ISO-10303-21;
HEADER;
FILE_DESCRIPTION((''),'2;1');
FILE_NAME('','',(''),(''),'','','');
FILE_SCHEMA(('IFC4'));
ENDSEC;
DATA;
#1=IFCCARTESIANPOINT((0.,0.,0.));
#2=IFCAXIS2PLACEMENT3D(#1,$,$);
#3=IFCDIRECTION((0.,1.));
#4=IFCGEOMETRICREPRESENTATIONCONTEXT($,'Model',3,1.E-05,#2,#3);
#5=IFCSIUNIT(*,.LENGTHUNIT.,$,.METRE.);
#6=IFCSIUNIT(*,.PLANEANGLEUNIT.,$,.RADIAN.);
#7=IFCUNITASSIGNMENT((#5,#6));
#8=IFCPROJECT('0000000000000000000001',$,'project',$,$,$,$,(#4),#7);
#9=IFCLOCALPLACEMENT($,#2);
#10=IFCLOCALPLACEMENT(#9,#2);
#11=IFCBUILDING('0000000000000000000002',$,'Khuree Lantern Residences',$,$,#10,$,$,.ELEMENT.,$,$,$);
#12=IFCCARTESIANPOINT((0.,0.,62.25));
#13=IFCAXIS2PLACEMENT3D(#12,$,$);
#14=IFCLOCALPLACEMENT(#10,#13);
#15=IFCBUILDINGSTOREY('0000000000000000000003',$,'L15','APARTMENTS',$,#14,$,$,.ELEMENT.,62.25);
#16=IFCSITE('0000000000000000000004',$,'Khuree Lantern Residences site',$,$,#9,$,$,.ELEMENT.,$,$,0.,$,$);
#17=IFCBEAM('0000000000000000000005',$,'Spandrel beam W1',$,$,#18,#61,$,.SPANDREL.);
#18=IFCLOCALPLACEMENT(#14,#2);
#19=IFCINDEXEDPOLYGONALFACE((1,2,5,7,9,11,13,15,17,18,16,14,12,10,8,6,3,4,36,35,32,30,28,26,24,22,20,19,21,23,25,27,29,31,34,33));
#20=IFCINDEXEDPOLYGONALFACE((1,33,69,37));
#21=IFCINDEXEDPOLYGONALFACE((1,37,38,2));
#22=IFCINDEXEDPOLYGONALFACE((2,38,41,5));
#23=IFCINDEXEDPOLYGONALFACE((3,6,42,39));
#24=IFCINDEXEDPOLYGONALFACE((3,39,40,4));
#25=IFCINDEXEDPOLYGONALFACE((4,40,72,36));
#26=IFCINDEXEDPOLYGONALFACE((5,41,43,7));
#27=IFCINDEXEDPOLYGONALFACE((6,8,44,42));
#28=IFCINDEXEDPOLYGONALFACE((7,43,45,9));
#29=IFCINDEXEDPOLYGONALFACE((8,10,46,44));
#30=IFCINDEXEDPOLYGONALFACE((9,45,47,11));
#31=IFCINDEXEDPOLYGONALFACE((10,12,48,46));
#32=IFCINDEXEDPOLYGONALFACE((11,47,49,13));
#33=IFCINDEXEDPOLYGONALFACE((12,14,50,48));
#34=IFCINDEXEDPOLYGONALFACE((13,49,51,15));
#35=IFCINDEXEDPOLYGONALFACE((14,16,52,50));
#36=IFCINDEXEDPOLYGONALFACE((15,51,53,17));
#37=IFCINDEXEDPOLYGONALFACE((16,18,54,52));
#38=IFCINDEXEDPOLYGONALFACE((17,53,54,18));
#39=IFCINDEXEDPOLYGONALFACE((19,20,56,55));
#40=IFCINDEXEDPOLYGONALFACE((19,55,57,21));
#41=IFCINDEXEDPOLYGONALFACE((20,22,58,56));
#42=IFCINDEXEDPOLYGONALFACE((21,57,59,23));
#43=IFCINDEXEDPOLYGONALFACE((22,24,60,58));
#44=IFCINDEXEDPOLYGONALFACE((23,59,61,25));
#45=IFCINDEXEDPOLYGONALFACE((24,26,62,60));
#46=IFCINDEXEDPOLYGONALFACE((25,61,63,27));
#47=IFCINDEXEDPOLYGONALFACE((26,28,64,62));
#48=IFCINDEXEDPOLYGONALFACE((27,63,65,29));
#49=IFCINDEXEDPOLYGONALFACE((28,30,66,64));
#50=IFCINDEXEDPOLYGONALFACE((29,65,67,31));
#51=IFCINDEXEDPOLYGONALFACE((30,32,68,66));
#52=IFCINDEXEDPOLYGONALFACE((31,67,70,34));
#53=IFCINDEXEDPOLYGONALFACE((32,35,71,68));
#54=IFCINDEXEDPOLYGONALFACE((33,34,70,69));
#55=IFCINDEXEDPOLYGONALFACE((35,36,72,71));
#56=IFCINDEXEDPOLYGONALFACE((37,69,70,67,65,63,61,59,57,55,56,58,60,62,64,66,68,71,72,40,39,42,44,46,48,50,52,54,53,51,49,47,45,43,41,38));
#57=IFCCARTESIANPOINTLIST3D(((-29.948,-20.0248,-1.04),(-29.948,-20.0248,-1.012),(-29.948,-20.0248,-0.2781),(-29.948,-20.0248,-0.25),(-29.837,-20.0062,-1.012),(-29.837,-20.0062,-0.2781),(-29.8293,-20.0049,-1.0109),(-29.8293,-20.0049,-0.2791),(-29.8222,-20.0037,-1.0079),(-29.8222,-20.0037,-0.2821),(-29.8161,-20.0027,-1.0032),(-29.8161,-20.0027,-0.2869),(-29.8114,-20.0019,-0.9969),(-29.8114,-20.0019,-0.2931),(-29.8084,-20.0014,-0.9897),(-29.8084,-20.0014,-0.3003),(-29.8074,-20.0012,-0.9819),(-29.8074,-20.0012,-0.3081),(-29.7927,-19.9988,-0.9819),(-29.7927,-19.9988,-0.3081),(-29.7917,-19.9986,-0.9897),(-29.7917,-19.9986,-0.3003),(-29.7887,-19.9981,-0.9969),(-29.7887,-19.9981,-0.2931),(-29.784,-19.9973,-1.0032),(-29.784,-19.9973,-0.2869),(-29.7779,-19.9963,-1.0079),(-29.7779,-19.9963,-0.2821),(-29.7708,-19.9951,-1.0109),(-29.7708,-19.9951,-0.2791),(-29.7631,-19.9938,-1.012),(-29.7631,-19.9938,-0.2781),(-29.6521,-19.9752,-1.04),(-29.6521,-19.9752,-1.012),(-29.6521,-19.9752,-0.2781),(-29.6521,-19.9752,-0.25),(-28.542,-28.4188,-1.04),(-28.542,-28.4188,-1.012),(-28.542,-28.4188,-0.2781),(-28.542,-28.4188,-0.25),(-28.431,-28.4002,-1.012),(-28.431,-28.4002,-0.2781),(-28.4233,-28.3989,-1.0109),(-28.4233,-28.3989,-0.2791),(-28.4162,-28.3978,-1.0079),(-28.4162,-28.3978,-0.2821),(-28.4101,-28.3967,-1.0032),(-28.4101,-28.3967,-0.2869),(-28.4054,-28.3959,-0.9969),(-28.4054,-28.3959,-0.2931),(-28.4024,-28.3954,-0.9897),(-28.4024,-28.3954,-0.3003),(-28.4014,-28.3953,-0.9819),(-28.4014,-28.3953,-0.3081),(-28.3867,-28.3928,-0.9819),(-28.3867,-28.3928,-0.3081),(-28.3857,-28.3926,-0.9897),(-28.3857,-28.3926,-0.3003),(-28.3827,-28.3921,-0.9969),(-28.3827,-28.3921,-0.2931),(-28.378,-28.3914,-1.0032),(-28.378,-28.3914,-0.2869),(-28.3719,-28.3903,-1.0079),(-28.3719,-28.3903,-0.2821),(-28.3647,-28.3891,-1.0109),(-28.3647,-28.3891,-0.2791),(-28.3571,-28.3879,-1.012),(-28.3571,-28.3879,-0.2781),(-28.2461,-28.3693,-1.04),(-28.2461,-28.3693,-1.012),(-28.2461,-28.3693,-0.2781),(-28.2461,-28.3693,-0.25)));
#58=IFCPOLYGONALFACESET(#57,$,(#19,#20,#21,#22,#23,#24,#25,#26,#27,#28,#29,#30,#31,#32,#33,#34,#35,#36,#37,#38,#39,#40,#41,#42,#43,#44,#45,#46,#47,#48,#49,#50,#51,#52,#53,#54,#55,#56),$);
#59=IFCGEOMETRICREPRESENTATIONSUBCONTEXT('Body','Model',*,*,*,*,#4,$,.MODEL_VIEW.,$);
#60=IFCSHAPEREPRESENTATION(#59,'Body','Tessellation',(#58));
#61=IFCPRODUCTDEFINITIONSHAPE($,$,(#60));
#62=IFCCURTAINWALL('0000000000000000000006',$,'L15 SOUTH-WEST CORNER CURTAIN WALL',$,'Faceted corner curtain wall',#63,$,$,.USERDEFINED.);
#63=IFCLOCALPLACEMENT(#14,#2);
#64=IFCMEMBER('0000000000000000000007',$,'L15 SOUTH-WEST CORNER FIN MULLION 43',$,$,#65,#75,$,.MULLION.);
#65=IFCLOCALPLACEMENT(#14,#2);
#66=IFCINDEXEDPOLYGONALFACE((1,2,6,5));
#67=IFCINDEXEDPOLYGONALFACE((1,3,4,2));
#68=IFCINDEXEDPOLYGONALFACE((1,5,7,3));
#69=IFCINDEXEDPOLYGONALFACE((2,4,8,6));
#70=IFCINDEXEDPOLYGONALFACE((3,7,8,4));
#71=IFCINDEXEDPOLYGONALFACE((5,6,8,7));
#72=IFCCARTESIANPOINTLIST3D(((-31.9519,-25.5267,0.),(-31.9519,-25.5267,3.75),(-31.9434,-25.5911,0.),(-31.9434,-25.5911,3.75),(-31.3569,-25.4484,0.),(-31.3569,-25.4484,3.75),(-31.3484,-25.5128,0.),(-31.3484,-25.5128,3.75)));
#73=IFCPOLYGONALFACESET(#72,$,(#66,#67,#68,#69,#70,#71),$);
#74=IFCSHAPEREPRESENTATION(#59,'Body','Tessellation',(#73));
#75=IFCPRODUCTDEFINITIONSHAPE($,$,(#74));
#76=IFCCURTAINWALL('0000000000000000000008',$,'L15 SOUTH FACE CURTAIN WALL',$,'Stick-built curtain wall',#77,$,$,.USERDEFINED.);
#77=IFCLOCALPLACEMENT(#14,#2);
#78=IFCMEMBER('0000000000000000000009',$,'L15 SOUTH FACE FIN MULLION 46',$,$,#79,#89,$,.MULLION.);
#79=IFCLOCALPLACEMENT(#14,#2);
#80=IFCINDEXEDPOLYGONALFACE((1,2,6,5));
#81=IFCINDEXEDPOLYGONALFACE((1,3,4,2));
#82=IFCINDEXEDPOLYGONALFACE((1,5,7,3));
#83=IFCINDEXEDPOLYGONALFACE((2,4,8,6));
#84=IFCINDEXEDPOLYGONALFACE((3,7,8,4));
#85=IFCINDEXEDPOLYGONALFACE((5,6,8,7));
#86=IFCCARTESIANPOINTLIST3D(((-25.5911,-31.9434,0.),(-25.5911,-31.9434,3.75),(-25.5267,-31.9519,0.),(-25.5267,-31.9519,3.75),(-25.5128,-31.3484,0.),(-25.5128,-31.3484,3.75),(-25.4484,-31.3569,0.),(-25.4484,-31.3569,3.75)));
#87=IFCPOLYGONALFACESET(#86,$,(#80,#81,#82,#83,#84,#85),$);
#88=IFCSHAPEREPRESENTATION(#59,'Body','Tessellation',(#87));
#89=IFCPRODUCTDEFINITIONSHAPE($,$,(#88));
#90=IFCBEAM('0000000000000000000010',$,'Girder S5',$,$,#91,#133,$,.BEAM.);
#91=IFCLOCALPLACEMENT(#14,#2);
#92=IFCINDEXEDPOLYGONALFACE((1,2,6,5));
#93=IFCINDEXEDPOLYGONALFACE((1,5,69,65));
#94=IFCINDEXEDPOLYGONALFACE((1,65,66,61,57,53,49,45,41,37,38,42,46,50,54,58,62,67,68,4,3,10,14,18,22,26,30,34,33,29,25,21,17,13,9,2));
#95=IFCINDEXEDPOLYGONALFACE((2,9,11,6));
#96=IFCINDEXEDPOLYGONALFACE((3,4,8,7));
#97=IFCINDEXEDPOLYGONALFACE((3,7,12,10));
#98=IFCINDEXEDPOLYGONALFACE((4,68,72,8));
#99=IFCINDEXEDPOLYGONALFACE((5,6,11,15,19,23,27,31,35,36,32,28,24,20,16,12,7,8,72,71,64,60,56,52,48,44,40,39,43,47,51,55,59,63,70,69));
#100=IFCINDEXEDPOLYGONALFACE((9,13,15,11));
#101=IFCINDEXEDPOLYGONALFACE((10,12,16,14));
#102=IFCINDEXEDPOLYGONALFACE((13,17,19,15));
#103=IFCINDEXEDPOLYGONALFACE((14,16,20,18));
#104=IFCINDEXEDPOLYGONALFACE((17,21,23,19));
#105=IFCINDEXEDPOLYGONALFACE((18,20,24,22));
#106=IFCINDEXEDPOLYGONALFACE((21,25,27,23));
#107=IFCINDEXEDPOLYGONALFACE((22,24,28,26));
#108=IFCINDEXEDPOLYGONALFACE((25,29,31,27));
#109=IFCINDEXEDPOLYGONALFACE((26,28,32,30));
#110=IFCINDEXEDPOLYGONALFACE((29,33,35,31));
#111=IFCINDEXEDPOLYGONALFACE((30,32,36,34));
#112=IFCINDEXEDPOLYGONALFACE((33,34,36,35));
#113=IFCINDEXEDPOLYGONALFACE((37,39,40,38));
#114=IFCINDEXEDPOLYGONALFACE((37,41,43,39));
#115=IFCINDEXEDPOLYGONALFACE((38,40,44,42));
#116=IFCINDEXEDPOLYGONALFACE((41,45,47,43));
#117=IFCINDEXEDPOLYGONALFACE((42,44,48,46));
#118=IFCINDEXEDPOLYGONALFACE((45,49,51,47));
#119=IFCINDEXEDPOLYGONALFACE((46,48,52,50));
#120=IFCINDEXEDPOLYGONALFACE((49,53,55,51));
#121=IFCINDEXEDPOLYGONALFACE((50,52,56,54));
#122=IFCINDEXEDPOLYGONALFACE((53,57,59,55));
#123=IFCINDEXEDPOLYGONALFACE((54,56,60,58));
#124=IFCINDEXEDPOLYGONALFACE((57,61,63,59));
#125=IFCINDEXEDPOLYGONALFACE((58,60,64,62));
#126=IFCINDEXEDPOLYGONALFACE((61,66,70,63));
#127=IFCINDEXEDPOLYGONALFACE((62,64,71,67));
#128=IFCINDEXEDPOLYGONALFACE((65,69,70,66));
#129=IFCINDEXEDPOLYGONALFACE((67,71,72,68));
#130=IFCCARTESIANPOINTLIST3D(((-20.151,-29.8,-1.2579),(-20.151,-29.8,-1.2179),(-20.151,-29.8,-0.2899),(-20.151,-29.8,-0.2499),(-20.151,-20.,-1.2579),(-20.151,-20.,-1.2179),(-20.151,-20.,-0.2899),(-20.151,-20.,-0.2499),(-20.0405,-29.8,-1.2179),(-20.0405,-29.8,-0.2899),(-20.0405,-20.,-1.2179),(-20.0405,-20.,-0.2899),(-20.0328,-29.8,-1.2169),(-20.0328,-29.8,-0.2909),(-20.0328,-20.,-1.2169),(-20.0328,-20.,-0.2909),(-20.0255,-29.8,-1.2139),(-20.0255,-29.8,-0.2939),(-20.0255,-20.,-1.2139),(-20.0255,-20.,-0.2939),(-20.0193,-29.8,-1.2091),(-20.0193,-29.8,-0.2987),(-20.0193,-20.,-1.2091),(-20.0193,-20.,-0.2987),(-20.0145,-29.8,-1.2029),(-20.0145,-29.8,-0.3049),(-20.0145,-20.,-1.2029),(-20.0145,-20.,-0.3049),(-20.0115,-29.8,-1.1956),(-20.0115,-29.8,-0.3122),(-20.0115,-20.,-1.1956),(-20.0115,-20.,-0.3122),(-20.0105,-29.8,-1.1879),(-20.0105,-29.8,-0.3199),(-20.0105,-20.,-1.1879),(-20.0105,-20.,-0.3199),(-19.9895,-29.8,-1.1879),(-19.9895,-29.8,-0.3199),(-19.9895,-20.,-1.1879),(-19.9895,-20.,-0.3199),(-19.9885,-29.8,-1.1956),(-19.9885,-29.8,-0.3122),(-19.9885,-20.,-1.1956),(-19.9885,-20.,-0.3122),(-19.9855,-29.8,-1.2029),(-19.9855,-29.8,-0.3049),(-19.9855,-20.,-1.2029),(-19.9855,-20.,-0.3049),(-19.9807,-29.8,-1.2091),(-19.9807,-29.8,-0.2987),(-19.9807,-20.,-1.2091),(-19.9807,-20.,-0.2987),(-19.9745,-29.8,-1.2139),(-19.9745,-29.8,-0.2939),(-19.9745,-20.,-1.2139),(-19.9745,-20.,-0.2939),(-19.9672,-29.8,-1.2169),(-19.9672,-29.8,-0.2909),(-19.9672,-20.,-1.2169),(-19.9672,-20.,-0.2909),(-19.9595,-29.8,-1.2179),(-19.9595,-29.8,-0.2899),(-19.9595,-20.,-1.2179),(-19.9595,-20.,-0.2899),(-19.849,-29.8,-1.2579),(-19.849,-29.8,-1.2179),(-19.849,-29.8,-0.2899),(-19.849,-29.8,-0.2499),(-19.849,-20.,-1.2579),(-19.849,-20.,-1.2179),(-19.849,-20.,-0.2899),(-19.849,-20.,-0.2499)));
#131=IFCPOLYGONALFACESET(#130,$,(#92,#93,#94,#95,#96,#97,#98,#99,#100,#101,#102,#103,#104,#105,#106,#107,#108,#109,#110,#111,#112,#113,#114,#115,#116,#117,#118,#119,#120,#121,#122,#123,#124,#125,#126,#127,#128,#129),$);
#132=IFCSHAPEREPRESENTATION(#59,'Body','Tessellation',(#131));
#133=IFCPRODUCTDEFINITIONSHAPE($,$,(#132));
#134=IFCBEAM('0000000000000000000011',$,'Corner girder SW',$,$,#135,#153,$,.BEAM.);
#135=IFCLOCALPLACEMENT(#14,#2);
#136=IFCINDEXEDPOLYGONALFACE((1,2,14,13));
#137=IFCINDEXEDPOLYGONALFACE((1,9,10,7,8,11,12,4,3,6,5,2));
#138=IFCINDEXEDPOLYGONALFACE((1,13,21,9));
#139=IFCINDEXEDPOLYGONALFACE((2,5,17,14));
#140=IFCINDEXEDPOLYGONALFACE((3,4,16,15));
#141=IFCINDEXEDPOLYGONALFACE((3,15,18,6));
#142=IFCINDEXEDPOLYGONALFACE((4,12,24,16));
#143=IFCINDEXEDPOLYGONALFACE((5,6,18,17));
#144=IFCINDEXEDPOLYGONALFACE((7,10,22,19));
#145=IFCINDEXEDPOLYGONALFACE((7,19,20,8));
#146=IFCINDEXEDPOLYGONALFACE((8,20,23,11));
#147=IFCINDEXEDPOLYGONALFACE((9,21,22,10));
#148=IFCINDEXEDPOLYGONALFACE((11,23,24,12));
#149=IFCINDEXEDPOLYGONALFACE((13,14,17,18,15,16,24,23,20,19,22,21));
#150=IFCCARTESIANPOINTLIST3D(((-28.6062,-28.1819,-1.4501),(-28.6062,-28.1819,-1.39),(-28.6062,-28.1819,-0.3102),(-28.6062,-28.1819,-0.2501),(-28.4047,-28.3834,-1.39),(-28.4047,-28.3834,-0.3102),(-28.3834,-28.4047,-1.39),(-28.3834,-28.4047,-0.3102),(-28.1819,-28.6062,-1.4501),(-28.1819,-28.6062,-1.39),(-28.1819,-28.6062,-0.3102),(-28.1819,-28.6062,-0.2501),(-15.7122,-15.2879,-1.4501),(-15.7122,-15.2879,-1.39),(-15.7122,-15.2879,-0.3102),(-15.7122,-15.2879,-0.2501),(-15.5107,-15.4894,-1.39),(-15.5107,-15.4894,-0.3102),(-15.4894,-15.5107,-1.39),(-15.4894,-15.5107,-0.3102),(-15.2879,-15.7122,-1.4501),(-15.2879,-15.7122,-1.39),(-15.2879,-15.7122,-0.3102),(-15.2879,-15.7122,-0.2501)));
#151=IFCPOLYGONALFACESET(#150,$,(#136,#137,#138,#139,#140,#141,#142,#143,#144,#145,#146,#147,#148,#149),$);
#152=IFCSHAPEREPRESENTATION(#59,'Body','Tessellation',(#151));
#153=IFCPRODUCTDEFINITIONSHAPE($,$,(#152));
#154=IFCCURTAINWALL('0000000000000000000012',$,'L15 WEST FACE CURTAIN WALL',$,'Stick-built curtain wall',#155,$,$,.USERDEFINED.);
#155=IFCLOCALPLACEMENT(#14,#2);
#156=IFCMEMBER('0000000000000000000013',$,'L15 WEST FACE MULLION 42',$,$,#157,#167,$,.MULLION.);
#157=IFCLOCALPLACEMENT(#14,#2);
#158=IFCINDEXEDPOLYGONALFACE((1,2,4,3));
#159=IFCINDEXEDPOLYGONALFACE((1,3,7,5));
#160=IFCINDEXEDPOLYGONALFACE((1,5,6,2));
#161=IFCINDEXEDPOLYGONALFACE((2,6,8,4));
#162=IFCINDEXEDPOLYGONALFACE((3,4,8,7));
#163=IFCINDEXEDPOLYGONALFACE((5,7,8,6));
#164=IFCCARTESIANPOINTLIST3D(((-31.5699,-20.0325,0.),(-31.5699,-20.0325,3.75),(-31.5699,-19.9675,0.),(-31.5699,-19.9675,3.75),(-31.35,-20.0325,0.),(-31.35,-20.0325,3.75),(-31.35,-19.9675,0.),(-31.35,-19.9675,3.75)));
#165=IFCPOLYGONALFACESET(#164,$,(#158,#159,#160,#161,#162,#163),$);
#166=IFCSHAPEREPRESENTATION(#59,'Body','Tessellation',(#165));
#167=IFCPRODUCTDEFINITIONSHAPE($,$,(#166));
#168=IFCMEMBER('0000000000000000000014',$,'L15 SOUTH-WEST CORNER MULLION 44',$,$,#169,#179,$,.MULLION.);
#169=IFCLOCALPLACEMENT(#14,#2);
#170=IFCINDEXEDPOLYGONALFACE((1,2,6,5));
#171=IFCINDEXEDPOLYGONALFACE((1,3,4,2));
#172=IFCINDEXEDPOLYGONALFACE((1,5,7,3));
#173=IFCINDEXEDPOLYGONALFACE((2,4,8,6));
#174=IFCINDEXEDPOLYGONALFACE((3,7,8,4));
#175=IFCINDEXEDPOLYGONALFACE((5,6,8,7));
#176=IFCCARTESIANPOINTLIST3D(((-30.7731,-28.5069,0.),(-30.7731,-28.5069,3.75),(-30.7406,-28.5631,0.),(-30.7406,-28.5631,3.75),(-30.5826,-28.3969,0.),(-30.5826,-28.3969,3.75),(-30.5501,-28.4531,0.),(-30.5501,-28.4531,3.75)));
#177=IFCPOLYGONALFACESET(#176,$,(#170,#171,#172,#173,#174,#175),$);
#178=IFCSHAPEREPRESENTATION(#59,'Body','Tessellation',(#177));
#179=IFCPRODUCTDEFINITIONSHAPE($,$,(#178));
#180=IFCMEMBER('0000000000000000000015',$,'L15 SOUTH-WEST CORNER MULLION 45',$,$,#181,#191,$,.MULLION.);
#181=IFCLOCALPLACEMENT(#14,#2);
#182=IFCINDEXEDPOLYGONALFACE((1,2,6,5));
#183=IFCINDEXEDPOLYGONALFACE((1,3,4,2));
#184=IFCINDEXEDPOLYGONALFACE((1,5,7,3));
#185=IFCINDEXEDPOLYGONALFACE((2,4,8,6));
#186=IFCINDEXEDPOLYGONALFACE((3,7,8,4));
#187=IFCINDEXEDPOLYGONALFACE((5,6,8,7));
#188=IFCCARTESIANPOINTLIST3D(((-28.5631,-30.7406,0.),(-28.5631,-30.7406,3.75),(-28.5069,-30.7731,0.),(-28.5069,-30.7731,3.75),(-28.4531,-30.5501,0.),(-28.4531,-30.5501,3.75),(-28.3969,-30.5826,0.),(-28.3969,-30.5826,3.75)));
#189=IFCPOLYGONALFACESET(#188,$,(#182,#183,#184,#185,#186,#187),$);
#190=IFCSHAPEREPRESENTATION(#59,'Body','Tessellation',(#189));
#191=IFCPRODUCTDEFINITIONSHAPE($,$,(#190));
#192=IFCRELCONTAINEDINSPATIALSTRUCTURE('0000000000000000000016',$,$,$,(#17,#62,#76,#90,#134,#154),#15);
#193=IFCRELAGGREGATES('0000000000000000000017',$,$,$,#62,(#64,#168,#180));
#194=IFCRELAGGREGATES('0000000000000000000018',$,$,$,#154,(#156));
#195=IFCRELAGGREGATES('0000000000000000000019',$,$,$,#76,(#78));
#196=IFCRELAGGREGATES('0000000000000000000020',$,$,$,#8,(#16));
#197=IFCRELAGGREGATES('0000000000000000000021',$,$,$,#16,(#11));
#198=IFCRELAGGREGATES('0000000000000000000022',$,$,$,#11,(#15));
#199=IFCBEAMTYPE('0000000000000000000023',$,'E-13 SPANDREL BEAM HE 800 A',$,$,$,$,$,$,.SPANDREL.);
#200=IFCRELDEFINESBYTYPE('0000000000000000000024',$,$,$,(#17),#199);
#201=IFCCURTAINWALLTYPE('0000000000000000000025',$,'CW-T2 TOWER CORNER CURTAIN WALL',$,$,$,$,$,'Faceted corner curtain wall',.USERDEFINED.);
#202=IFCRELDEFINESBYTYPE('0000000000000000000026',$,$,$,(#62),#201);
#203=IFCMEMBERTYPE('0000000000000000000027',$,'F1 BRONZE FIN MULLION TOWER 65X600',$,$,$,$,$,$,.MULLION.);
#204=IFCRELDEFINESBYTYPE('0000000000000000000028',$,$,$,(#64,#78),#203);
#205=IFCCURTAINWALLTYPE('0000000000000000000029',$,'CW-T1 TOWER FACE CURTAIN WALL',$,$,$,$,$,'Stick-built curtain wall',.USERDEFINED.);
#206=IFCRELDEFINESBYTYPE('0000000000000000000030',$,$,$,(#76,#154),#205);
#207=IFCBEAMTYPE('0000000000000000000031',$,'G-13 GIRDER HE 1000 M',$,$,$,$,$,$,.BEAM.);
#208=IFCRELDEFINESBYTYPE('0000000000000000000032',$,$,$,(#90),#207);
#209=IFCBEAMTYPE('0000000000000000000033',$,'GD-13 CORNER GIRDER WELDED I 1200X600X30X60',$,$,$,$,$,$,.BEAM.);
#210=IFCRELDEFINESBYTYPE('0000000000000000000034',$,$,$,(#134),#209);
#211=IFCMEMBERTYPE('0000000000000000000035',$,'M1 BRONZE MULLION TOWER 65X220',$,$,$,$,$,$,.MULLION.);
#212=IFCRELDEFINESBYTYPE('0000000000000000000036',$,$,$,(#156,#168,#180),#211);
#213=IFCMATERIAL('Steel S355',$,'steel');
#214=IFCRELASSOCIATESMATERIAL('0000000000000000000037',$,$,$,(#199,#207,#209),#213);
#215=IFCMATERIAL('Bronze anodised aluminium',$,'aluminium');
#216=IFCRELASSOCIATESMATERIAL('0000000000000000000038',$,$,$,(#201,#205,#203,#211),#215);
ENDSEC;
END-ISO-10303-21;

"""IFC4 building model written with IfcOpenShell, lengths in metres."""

from ifc_helpers import new_model, si_unit, direction, frame, origin, origin_2d, place, context, subcontext, project, spatial, rectangle, i_section, extrude, material, material_profile, profile_set, type_object, element, aggregate, save


model = new_model("IFC4")

# Units and contexts
model_context = context("Model", 3, precision=1e-05, world=origin(), true_north=direction((0.0, 1.0)))
body_context = subcontext(model_context, "Body", "Model", "MODEL_VIEW")
ifc_project = project(units=[si_unit("LENGTHUNIT", "METRE"), si_unit("PLANEANGLEUNIT", "RADIAN")], contexts=[model_context])

# Site, building, storey
site_placement = place(None, origin())
site = spatial("IfcSite", under=ifc_project, at=site_placement, Name="Khuree Lantern Residences site", CompositionType="ELEMENT", RefElevation=0.0)
building_placement = place(site_placement, origin())
building = spatial("IfcBuilding", under=site, at=building_placement, Name="Khuree Lantern Residences", CompositionType="ELEMENT")
storey_placement = place(building_placement, frame((0.0, 0.0, 62.25)))
storey = spatial("IfcBuildingStorey", under=building, at=storey_placement, Name="L15", Description="APARTMENTS", CompositionType="ELEMENT", Elevation=62.25)

# Beam
ifc_material_1 = material(Name="Steel S355", Category="steel")
ifc_material_profile_1 = material_profile(ifc_material_1, i_section(OverallWidth=0.3, OverallDepth=0.79, WebThickness=0.0149, FlangeThickness=0.0281, FilletRadius=0.03, at=origin_2d()), Name="HE 800 A")
ifc_profile_set_1 = profile_set([ifc_material_profile_1], Name="Steel S355")
beam_type_1 = type_object("IfcBeamType", Name="E-13 SPANDREL BEAM HE 800 A", PredefinedType="SPANDREL", material=ifc_profile_set_1)
for number, where, z_axis, x_axis, name in (
    (1, (-28.394, -28.394, -0.645), (-0.165199, 0.98626, 0.0), (-0.98626, -0.165199, 0.0), "Spandrel beam W1"),
):
    element("IfcBeam", number, at=place(storey_placement, frame(where, z_axis=z_axis, x_axis=x_axis)), inside=storey, type_object=beam_type_1, Name=name, PredefinedType="SPANDREL", context=body_context, shape_type="SweptSolid", body=[
        extrude(i_section(OverallWidth=0.3, OverallDepth=0.79, WebThickness=0.0149, FlangeThickness=0.0281, FilletRadius=0.03, at=origin_2d()), origin(), (0.0, 0.0, 1.0), 8.511),
    ])

# Curtain walls, members
ifc_material_2 = material(Name="Bronze anodised aluminium", Category="aluminium")
curtain_wall_type_1 = type_object("IfcCurtainWallType", Name="CW-T2 TOWER CORNER CURTAIN WALL", ElementType="Faceted corner curtain wall", PredefinedType="USERDEFINED", material=ifc_material_2)
curtain_wall_1_placement = place(storey_placement, origin())
curtain_wall_1 = element("IfcCurtainWall", 2, at=curtain_wall_1_placement, inside=storey, type_object=curtain_wall_type_1, Name="L15 SOUTH-WEST CORNER CURTAIN WALL", ObjectType="Faceted corner curtain wall", PredefinedType="USERDEFINED")
ifc_material_profile_2 = material_profile(ifc_material_2, rectangle(XDim=0.0649, YDim=0.6001, at=origin_2d()), Name="F1 65X600")
ifc_profile_set_2 = profile_set([ifc_material_profile_2], Name="Bronze anodised aluminium")
member_type_1 = type_object("IfcMemberType", Name="F1 BRONZE FIN MULLION TOWER 65X600", PredefinedType="MULLION", material=ifc_profile_set_2)
member_1_placement = place(storey_placement, frame((-31.6501, -25.5198, 0.0), z_axis=(0.0, 0.0, 1.0), x_axis=(0.130526, -0.991445, 0.0)))
member_1 = element("IfcMember", 3, at=member_1_placement, type_object=member_type_1, Name="L15 SOUTH-WEST CORNER FIN MULLION 43", PredefinedType="MULLION", context=body_context, shape_type="SweptSolid", body=[
    extrude(rectangle(XDim=0.0649, YDim=0.6001, at=origin_2d()), origin(), (0.0, 0.0, 1.0), 3.75),
])
curtain_wall_type_2 = type_object("IfcCurtainWallType", Name="CW-T1 TOWER FACE CURTAIN WALL", ElementType="Stick-built curtain wall", PredefinedType="USERDEFINED", material=ifc_material_2)
curtain_wall_2_placement = place(storey_placement, origin())
curtain_wall_2 = element("IfcCurtainWall", 4, at=curtain_wall_2_placement, inside=storey, type_object=curtain_wall_type_2, Name="L15 SOUTH FACE CURTAIN WALL", ObjectType="Stick-built curtain wall", PredefinedType="USERDEFINED")
member_2_placement = place(storey_placement, frame((-25.5198, -31.6501, 0.0), z_axis=(0.0, 0.0, 1.0), x_axis=(0.991445, -0.130526, 0.0)))
member_2 = element("IfcMember", 5, at=member_2_placement, type_object=member_type_1, Name="L15 SOUTH FACE FIN MULLION 46", PredefinedType="MULLION", context=body_context, shape_type="SweptSolid", body=[
    extrude(rectangle(XDim=0.0649, YDim=0.6001, at=origin_2d()), origin(), (0.0, 0.0, 1.0), 3.75),
])

# Beams
ifc_material_profile_3 = material_profile(ifc_material_1, i_section(OverallWidth=0.302, OverallDepth=1.0081, WebThickness=0.021, FlangeThickness=0.04, FilletRadius=0.03, at=origin_2d()), Name="HE 1000 M")
ifc_profile_set_3 = profile_set([ifc_material_profile_3], Name="Steel S355")
beam_type_2 = type_object("IfcBeamType", Name="G-13 GIRDER HE 1000 M", PredefinedType="BEAM", material=ifc_profile_set_3)
beam_1_placement = place(storey_placement, frame((-20.0, -29.8, -0.7539), z_axis=(0.0, 1.0, 0.0), x_axis=(-1.0, 0.0, 0.0)))
element("IfcBeam", 6, at=beam_1_placement, inside=storey, type_object=beam_type_2, Name="Girder S5", PredefinedType="BEAM", context=body_context, shape_type="SweptSolid", body=[
    extrude(i_section(OverallWidth=0.302, OverallDepth=1.0081, WebThickness=0.021, FlangeThickness=0.04, FilletRadius=0.03, at=origin_2d()), origin(), (0.0, 0.0, 1.0), 9.8),
])
ifc_material_profile_4 = material_profile(ifc_material_1, i_section(OverallWidth=0.6001, OverallDepth=1.2, WebThickness=0.03, FlangeThickness=0.0601, at=origin_2d()), Name="WELDED I 1200X600X30X60")
ifc_profile_set_4 = profile_set([ifc_material_profile_4], Name="Steel S355")
beam_type_3 = type_object("IfcBeamType", Name="GD-13 CORNER GIRDER WELDED I 1200X600X30X60", PredefinedType="BEAM", material=ifc_profile_set_4)
beam_2_placement = place(storey_placement, frame((-28.394, -28.394, -0.8501), z_axis=(0.707107, 0.707107, 0.0), x_axis=(-0.707107, 0.707107, 0.0)))
element("IfcBeam", 7, at=beam_2_placement, inside=storey, type_object=beam_type_3, Name="Corner girder SW", PredefinedType="BEAM", context=body_context, shape_type="SweptSolid", body=[
    extrude(i_section(OverallWidth=0.6001, OverallDepth=1.2, WebThickness=0.03, FlangeThickness=0.0601, at=origin_2d()), origin(), (0.0, 0.0, 1.0), 18.2349),
])

# Curtain wall, member
curtain_wall_3_placement = place(storey_placement, origin())
curtain_wall_3 = element("IfcCurtainWall", 8, at=curtain_wall_3_placement, inside=storey, type_object=curtain_wall_type_2, Name="L15 WEST FACE CURTAIN WALL", ObjectType="Stick-built curtain wall", PredefinedType="USERDEFINED")
ifc_material_profile_5 = material_profile(ifc_material_2, rectangle(XDim=0.0649, YDim=0.22, at=origin_2d()), Name="M1 65X220")
ifc_profile_set_5 = profile_set([ifc_material_profile_5], Name="Bronze anodised aluminium")
member_type_2 = type_object("IfcMemberType", Name="M1 BRONZE MULLION TOWER 65X220", PredefinedType="MULLION", material=ifc_profile_set_5)
member_3_placement = place(storey_placement, frame((-31.46, -20.0, 0.0), z_axis=(0.0, 0.0, 1.0), x_axis=(0.0, -1.0, 0.0)))
member_3 = element("IfcMember", 9, at=member_3_placement, type_object=member_type_2, Name="L15 WEST FACE MULLION 42", PredefinedType="MULLION", context=body_context, shape_type="SweptSolid", body=[
    extrude(rectangle(XDim=0.0649, YDim=0.22, at=origin_2d()), origin(), (0.0, 0.0, 1.0), 3.75),
])

# Members
member_4_placement = place(storey_placement, frame((-30.6616, -28.48, 0.0), z_axis=(0.0, 0.0, 1.0), x_axis=(0.5, -0.866025, 0.0)))
member_4 = element("IfcMember", 10, at=member_4_placement, type_object=member_type_2, Name="L15 SOUTH-WEST CORNER MULLION 44", PredefinedType="MULLION", context=body_context, shape_type="SweptSolid", body=[
    extrude(rectangle(XDim=0.0649, YDim=0.22, at=origin_2d()), origin(), (0.0, 0.0, 1.0), 3.75),
])
member_5_placement = place(storey_placement, frame((-28.48, -30.6616, 0.0), z_axis=(0.0, 0.0, 1.0), x_axis=(0.866025, -0.5, 0.0)))
member_5 = element("IfcMember", 11, at=member_5_placement, type_object=member_type_2, Name="L15 SOUTH-WEST CORNER MULLION 45", PredefinedType="MULLION", context=body_context, shape_type="SweptSolid", body=[
    extrude(rectangle(XDim=0.0649, YDim=0.22, at=origin_2d()), origin(), (0.0, 0.0, 1.0), 3.75),
])

aggregate(curtain_wall_1, [member_1, member_4, member_5])
aggregate(curtain_wall_3, [member_3])
aggregate(curtain_wall_2, [member_2])

save(model, "model.ifc")
